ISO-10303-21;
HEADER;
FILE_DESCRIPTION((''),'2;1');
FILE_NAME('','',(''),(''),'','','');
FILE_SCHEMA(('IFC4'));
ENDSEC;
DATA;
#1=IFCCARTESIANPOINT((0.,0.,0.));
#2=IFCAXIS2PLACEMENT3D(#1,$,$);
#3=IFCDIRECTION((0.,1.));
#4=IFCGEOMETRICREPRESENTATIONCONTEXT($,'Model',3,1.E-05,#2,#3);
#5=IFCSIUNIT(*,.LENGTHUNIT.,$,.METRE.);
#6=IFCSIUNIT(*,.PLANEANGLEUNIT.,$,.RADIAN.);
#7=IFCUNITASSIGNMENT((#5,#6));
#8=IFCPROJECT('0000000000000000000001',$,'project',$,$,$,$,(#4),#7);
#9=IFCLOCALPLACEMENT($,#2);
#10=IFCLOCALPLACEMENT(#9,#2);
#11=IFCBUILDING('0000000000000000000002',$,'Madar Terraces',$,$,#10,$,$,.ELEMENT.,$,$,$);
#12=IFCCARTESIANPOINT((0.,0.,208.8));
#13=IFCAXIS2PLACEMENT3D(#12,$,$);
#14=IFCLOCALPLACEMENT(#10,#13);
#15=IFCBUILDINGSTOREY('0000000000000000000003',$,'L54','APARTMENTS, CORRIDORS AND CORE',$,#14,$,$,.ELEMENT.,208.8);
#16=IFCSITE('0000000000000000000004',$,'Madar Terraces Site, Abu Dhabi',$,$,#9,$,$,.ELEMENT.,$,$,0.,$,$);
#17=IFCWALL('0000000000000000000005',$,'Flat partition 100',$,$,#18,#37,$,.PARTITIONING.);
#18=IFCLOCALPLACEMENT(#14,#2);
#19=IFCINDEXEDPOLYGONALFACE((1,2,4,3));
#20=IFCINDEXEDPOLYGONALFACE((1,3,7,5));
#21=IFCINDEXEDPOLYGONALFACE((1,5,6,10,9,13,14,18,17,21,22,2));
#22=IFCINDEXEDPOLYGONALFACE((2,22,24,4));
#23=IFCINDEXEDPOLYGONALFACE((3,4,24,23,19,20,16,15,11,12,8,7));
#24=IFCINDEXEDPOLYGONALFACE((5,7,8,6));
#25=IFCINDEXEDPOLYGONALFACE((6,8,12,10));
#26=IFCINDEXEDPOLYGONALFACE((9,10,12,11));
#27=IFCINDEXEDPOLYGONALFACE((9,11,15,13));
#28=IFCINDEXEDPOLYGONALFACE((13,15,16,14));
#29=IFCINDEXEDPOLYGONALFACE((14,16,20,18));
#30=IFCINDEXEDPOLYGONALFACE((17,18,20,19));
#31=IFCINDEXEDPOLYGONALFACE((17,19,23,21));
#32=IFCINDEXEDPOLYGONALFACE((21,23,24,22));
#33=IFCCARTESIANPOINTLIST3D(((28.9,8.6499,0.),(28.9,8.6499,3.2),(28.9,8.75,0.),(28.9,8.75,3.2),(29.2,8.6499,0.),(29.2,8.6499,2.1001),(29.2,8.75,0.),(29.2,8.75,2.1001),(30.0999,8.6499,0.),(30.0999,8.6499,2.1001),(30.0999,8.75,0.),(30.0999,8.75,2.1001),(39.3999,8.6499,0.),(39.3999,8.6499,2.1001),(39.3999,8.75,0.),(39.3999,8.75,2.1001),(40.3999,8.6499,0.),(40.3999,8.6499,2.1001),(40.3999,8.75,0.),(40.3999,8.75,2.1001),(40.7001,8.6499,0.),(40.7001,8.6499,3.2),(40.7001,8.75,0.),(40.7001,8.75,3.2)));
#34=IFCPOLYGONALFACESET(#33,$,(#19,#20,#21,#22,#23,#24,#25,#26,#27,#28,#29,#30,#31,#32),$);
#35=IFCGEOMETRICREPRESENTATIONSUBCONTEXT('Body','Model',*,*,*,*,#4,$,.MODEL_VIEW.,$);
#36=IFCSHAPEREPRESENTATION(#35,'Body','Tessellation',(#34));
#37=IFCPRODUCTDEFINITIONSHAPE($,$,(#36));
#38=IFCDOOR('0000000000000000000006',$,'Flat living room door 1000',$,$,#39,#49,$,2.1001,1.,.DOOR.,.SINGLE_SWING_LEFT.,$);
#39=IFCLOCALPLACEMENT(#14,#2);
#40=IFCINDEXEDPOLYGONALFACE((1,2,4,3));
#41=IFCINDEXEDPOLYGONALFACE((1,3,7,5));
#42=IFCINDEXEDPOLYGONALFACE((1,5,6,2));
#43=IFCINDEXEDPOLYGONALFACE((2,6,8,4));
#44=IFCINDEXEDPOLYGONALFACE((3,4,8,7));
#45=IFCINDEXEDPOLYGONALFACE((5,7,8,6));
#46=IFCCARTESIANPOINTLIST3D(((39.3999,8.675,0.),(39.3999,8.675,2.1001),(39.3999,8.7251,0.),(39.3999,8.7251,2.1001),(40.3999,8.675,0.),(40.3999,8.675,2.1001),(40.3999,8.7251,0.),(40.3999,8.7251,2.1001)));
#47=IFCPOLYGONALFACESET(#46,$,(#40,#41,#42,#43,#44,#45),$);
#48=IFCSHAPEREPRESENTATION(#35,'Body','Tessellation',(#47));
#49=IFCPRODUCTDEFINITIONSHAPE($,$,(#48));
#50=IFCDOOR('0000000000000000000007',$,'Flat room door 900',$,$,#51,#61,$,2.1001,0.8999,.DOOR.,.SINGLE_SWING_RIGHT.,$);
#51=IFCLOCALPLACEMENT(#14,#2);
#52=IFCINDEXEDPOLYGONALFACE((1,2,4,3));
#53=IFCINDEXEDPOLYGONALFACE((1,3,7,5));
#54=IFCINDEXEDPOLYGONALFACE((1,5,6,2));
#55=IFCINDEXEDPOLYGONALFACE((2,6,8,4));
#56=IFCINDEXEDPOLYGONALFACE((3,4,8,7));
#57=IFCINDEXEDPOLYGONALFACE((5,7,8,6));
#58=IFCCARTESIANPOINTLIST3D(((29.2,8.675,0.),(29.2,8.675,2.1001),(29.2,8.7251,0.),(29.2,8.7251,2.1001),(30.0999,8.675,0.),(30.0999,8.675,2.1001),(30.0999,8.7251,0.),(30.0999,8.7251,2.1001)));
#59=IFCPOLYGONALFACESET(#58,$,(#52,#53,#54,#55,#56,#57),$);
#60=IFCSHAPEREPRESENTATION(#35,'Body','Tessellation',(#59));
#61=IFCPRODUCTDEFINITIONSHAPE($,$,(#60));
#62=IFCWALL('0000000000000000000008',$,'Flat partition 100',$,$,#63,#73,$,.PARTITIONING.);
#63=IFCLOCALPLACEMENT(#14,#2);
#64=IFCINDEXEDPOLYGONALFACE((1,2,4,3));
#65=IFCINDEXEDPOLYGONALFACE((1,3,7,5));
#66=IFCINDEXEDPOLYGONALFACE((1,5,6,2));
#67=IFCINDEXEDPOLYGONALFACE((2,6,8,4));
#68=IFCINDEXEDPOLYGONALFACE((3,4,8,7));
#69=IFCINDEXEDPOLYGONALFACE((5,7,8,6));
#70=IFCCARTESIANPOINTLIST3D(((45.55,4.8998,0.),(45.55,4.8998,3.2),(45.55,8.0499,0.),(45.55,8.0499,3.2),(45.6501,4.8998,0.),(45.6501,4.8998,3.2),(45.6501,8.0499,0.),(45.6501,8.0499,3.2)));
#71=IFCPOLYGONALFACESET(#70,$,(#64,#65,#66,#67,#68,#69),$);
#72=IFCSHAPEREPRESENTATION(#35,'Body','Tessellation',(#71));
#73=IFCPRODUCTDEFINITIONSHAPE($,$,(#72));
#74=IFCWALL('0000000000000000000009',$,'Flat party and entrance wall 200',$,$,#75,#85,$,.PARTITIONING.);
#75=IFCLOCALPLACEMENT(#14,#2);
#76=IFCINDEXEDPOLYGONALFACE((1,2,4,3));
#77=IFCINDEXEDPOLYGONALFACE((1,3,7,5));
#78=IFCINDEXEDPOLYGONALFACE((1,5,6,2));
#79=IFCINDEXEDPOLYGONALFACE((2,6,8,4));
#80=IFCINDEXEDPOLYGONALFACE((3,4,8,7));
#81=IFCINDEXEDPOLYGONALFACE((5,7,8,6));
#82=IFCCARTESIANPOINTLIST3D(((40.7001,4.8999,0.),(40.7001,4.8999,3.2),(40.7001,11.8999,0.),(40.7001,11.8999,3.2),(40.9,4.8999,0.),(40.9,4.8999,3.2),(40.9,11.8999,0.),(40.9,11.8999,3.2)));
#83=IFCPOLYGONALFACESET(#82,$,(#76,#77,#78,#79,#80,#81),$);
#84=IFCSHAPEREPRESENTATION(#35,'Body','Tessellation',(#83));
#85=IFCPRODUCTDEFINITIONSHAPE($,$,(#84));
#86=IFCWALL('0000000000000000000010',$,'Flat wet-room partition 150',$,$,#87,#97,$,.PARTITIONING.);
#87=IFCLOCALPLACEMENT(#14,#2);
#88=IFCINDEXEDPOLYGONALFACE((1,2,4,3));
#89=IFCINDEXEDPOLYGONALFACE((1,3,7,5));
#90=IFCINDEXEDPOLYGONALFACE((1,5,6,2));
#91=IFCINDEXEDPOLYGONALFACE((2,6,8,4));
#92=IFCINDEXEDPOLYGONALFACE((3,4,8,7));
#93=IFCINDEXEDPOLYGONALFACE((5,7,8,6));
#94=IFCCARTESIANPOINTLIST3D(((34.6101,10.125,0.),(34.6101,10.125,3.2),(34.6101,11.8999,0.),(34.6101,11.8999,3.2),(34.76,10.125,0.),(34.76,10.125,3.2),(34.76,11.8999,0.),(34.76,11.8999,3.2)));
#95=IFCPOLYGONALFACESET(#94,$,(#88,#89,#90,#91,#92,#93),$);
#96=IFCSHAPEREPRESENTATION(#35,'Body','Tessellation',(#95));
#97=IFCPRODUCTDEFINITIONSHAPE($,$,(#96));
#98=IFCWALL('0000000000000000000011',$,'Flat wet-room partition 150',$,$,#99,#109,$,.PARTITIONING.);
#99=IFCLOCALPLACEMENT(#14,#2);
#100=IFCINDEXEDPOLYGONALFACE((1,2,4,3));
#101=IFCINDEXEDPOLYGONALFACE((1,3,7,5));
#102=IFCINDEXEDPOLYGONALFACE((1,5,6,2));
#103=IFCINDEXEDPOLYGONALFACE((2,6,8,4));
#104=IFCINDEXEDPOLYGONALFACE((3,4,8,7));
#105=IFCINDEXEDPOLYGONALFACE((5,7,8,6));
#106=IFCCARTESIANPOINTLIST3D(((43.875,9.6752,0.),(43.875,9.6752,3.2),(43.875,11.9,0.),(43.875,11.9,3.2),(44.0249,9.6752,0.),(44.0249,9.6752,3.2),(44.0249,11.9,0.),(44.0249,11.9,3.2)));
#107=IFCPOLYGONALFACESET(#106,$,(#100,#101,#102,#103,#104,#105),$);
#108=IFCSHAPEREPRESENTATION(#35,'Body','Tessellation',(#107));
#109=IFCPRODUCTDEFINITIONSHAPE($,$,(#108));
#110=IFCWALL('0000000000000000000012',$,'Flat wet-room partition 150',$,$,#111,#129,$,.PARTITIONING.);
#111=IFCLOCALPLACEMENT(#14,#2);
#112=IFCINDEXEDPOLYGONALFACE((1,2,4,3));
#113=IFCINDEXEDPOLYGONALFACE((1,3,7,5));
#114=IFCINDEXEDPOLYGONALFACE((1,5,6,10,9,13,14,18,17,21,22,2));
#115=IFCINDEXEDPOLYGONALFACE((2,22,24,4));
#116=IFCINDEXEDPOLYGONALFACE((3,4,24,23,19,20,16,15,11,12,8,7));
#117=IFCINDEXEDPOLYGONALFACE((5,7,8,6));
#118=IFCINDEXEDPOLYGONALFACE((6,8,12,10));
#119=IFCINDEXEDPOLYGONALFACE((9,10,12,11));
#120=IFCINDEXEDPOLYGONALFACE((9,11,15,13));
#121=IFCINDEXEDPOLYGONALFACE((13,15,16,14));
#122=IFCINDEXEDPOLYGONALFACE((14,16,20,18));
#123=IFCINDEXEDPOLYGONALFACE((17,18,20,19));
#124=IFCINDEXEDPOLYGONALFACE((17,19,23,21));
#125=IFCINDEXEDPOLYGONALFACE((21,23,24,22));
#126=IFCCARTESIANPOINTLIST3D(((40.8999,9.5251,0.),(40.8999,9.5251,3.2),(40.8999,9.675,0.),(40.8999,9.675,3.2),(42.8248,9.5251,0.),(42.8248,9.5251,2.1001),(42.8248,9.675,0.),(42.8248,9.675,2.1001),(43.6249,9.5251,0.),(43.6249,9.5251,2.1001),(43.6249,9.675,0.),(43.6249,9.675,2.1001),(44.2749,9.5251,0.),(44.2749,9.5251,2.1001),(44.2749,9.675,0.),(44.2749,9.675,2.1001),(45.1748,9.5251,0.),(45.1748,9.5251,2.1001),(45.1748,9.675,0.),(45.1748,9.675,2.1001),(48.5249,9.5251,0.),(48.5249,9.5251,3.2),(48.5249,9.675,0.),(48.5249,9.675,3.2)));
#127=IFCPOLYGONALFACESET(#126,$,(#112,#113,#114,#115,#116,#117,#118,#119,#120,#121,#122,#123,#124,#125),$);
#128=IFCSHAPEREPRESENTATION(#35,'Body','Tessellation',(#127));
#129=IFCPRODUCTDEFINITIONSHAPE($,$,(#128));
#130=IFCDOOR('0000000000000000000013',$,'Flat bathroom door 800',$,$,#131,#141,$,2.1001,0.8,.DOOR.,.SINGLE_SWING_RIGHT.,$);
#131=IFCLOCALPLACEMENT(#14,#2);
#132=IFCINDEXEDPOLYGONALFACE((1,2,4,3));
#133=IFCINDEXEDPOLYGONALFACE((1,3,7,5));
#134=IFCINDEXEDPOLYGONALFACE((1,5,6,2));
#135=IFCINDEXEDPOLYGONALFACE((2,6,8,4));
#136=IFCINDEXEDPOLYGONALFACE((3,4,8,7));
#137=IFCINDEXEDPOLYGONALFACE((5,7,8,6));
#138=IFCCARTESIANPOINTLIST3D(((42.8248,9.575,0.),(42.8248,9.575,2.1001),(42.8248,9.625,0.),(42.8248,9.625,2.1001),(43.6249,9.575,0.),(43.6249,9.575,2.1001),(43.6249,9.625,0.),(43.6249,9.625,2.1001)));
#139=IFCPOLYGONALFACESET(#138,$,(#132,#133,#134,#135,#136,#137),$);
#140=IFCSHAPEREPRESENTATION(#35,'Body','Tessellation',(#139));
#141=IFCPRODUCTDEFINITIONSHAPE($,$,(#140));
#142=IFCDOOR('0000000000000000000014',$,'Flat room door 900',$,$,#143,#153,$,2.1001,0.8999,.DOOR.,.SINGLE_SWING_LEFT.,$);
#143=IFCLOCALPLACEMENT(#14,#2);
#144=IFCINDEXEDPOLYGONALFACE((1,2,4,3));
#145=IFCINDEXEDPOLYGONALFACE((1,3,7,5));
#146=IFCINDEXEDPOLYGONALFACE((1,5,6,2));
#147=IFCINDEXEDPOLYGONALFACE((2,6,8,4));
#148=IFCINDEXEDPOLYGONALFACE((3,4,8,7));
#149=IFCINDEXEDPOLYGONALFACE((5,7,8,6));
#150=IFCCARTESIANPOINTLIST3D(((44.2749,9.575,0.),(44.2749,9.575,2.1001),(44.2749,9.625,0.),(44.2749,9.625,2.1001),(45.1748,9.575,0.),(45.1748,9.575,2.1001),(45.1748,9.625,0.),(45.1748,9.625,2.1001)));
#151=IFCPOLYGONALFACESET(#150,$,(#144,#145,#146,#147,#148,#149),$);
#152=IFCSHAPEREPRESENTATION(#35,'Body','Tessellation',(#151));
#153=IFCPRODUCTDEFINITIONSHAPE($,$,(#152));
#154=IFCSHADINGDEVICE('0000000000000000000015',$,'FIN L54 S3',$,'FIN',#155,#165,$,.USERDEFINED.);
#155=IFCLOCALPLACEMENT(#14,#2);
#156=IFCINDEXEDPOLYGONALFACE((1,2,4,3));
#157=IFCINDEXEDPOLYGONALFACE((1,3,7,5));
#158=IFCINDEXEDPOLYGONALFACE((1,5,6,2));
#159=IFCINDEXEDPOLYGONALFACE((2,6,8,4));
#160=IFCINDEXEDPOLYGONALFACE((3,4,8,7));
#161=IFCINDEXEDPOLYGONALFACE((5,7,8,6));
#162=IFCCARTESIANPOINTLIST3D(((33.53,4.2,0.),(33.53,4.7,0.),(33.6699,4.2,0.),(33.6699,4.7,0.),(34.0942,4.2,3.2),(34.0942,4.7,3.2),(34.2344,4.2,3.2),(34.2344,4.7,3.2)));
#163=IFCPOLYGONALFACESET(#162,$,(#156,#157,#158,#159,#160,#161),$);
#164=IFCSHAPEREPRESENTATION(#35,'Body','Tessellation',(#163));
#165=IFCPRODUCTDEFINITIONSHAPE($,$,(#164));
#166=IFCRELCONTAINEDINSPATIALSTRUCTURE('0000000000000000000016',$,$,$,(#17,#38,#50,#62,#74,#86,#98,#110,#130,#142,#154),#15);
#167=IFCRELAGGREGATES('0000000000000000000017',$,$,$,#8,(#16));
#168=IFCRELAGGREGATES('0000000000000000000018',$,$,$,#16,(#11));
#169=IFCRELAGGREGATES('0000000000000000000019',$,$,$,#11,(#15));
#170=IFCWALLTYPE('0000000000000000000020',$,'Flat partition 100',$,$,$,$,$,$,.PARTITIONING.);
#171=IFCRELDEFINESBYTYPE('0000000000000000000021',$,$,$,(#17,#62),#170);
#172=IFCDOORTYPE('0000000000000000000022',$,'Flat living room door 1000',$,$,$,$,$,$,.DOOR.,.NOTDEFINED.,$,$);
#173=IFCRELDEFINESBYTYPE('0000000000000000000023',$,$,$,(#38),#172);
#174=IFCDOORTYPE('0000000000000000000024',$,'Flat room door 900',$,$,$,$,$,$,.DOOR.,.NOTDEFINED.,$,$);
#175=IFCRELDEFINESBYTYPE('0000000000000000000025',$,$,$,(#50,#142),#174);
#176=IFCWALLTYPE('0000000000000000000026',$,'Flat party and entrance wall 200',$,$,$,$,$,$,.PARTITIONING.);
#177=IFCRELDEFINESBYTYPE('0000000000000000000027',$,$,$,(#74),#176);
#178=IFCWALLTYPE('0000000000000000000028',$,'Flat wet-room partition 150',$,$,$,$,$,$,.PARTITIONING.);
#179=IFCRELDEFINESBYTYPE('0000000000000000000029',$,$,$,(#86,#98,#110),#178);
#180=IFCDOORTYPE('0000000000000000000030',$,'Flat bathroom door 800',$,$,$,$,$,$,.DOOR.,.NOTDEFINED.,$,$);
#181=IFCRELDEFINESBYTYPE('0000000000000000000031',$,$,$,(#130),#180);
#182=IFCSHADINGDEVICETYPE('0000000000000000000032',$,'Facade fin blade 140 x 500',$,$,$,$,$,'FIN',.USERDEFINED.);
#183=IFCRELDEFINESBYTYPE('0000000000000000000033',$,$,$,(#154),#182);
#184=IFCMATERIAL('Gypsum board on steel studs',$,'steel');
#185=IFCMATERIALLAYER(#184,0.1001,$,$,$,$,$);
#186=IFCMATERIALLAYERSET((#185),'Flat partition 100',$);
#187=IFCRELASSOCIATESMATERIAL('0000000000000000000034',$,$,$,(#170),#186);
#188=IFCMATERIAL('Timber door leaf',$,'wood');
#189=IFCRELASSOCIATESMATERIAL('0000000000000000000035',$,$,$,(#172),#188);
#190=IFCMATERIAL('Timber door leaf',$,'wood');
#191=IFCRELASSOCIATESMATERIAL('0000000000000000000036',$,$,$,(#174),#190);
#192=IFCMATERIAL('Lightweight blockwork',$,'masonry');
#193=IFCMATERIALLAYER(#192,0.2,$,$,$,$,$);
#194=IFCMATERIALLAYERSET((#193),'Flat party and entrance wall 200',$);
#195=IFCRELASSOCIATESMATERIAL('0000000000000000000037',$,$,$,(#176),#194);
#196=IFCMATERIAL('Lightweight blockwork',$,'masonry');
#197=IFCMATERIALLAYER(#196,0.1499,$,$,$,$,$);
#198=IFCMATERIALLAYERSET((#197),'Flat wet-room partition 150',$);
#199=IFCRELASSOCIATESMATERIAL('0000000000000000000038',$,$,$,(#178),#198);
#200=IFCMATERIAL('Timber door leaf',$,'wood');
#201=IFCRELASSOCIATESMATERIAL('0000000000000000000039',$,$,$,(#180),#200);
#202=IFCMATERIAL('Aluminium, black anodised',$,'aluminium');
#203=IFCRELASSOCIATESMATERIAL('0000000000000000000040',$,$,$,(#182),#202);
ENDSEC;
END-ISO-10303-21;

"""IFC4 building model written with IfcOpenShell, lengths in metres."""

from ifc_helpers import new_model, si_unit, direction, frame, frame_2d, origin, place, context, subcontext, project, spatial, polyline, rectangle, outline, extrude, material, layer, layer_set, type_object, element, fill, save


model = new_model("IFC4")

# Units and contexts
model_context = context("Model", 3, precision=1e-05, world=origin(), true_north=direction((0.0, 1.0)))
body_context = subcontext(model_context, "Body", "Model", "MODEL_VIEW")
ifc_project = project(units=[si_unit("LENGTHUNIT", "METRE"), si_unit("PLANEANGLEUNIT", "RADIAN")], contexts=[model_context])

# Site, building, storey
site_placement = place(None, origin())
site = spatial("IfcSite", under=ifc_project, at=site_placement, Name="Madar Terraces Site, Abu Dhabi", CompositionType="ELEMENT", RefElevation=0.0)
building_placement = place(site_placement, origin())
building = spatial("IfcBuilding", under=site, at=building_placement, Name="Madar Terraces", CompositionType="ELEMENT")
storey_placement = place(building_placement, frame((0.0, 0.0, 208.8)))
storey = spatial("IfcBuildingStorey", under=building, at=storey_placement, Name="L54", Description="APARTMENTS, CORRIDORS AND CORE", CompositionType="ELEMENT", Elevation=208.8)

# Shared definitions
ifc_material_1 = material(Name="Gypsum board on steel studs", Category="steel")
ifc_layer_1 = layer(ifc_material_1, 0.1001)
ifc_layer_set_1 = layer_set([ifc_layer_1], Name="Flat partition 100")
wall_type_1 = type_object("IfcWallType", Name="Flat partition 100", PredefinedType="PARTITIONING", material=ifc_layer_set_1)

# Wall, openings, doors
wall_1_placement = place(storey_placement, frame((40.7, 8.7, 0.0), z_axis=(0.0, 0.0, 1.0), x_axis=(-1.0, 0.0, 0.0)))
wall_1 = element("IfcWall", 1, at=wall_1_placement, inside=storey, type_object=wall_type_1, Name="Flat partition 100", PredefinedType="PARTITIONING", context=body_context, shape_type="SweptSolid", body=[
    extrude(rectangle(XDim=11.8, YDim=0.1001, at=frame_2d((5.8999, 0.0))), origin(), (0.0, 0.0, 1.0), 3.2),
])
opening_1_placement = place(wall_1_placement, frame((10.6001, 0.0, 0.0)))
opening_1 = element("IfcOpeningElement", 2, at=opening_1_placement, cuts=wall_1, PredefinedType="OPENING", context=body_context, shape_type="SweptSolid", body=[
    extrude(rectangle(XDim=0.8999, YDim=2.1001, at=frame_2d((0.45, 1.05))), frame((0.0, 0.0601, 0.0), z_axis=(0.0, -1.0, 0.0), x_axis=(1.0, 0.0, 0.0)), (0.0, 0.0, 1.0), 0.1201),
])
opening_2_placement = place(wall_1_placement, frame((0.3, 0.0, 0.0)))
opening_2 = element("IfcOpeningElement", 3, at=opening_2_placement, cuts=wall_1, PredefinedType="OPENING", context=body_context, shape_type="SweptSolid", body=[
    extrude(rectangle(XDim=1.0, YDim=2.1001, at=frame_2d((0.5, 1.05))), frame((0.0, 0.0601, 0.0), z_axis=(0.0, -1.0, 0.0), x_axis=(1.0, 0.0, 0.0)), (0.0, 0.0, 1.0), 0.1201),
])
ifc_material_2 = material(Name="Timber door leaf", Category="wood")
door_type_1 = type_object("IfcDoorType", Name="Flat living room door 1000", OperationType="NOTDEFINED", PredefinedType="DOOR", material=ifc_material_2)
door_1_placement = place(opening_2_placement, origin())
door_1 = element("IfcDoor", 4, at=door_1_placement, inside=storey, type_object=door_type_1, Name="Flat living room door 1000", OperationType="SINGLE_SWING_LEFT", OverallHeight=2.1001, OverallWidth=1.0, PredefinedType="DOOR", context=body_context, shape_type="SweptSolid", body=[
    extrude(rectangle(XDim=1.0, YDim=2.1001, at=frame_2d((0.5, 1.05))), frame((0.0, 0.0249, 0.0), z_axis=(0.0, -1.0, 0.0), x_axis=(1.0, 0.0, 0.0)), (0.0, 0.0, 1.0), 0.05),
])
fill(opening_2, door_1)
ifc_material_3 = material(Name="Timber door leaf", Category="wood")
door_type_2 = type_object("IfcDoorType", Name="Flat room door 900", OperationType="NOTDEFINED", PredefinedType="DOOR", material=ifc_material_3)
door_2_placement = place(opening_1_placement, origin())
door_2 = element("IfcDoor", 5, at=door_2_placement, inside=storey, type_object=door_type_2, Name="Flat room door 900", OperationType="SINGLE_SWING_RIGHT", OverallHeight=2.1001, OverallWidth=0.8999, PredefinedType="DOOR", context=body_context, shape_type="SweptSolid", body=[
    extrude(rectangle(XDim=0.8999, YDim=2.1001, at=frame_2d((0.45, 1.05))), frame((0.0, 0.0249, 0.0), z_axis=(0.0, -1.0, 0.0), x_axis=(1.0, 0.0, 0.0)), (0.0, 0.0, 1.0), 0.05),
])
fill(opening_1, door_2)

# Walls
wall_2_placement = place(storey_placement, frame((45.6001, 8.05, 0.0), z_axis=(0.0, 0.0, 1.0), x_axis=(0.0, -1.0, 0.0)))
element("IfcWall", 6, at=wall_2_placement, inside=storey, type_object=wall_type_1, Name="Flat partition 100", PredefinedType="PARTITIONING", context=body_context, shape_type="SweptSolid", body=[
    extrude(rectangle(XDim=3.1501, YDim=0.1001, at=frame_2d((1.5752, 0.0))), origin(), (0.0, 0.0, 1.0), 3.2),
])
ifc_material_4 = material(Name="Lightweight blockwork", Category="masonry")
ifc_layer_2 = layer(ifc_material_4, 0.2)
ifc_layer_set_2 = layer_set([ifc_layer_2], Name="Flat party and entrance wall 200")
wall_type_2 = type_object("IfcWallType", Name="Flat party and entrance wall 200", PredefinedType="PARTITIONING", material=ifc_layer_set_2)
wall_3_placement = place(storey_placement, frame((40.8, 11.8999, 0.0), z_axis=(0.0, 0.0, 1.0), x_axis=(0.0, -1.0, 0.0)))
element("IfcWall", 7, at=wall_3_placement, inside=storey, type_object=wall_type_2, Name="Flat party and entrance wall 200", PredefinedType="PARTITIONING", context=body_context, shape_type="SweptSolid", body=[
    extrude(rectangle(XDim=7.0, YDim=0.2, at=frame_2d((3.5, 0.0))), origin(), (0.0, 0.0, 1.0), 3.2),
])
ifc_material_5 = material(Name="Lightweight blockwork", Category="masonry")
ifc_layer_3 = layer(ifc_material_5, 0.1499)
ifc_layer_set_3 = layer_set([ifc_layer_3], Name="Flat wet-room partition 150")
wall_type_3 = type_object("IfcWallType", Name="Flat wet-room partition 150", PredefinedType="PARTITIONING", material=ifc_layer_set_3)
wall_4_placement = place(storey_placement, frame((34.6851, 11.8999, 0.0), z_axis=(0.0, 0.0, 1.0), x_axis=(0.0, -1.0, 0.0)))
element("IfcWall", 8, at=wall_4_placement, inside=storey, type_object=wall_type_3, Name="Flat wet-room partition 150", PredefinedType="PARTITIONING", context=body_context, shape_type="SweptSolid", body=[
    extrude(rectangle(XDim=1.7749, YDim=0.1499, at=frame_2d((0.8875, 0.0))), origin(), (0.0, 0.0, 1.0), 3.2),
])
wall_5_placement = place(storey_placement, frame((43.95, 11.8999, 0.0), z_axis=(0.0, 0.0, 1.0), x_axis=(0.0, -1.0, 0.0)))
element("IfcWall", 9, at=wall_5_placement, inside=storey, type_object=wall_type_3, Name="Flat wet-room partition 150", PredefinedType="PARTITIONING", context=body_context, shape_type="SweptSolid", body=[
    extrude(rectangle(XDim=2.2249, YDim=0.1499, at=frame_2d((1.1123, 0.0))), origin(), (0.0, 0.0, 1.0), 3.2),
])

# Wall, openings, doors
wall_6_placement = place(storey_placement, frame((40.8999, 9.6001, 0.0), z_axis=(0.0, 0.0, 1.0), x_axis=(1.0, 0.0, 0.0)))
wall_6 = element("IfcWall", 10, at=wall_6_placement, inside=storey, type_object=wall_type_3, Name="Flat wet-room partition 150", PredefinedType="PARTITIONING", context=body_context, shape_type="SweptSolid", body=[
    extrude(rectangle(XDim=7.625, YDim=0.1499, at=frame_2d((3.8125, 0.0))), origin(), (0.0, 0.0, 1.0), 3.2),
])
opening_3_placement = place(wall_6_placement, frame((3.375, 0.0, 0.0)))
opening_3 = element("IfcOpeningElement", 11, at=opening_3_placement, cuts=wall_6, PredefinedType="OPENING", context=body_context, shape_type="SweptSolid", body=[
    extrude(rectangle(XDim=0.8999, YDim=2.1001, at=frame_2d((0.45, 1.05))), frame((0.0, 0.085, 0.0), z_axis=(0.0, -1.0, 0.0), x_axis=(1.0, 0.0, 0.0)), (0.0, 0.0, 1.0), 0.1699),
])
opening_4_placement = place(wall_6_placement, frame((1.925, 0.0, 0.0)))
opening_4 = element("IfcOpeningElement", 12, at=opening_4_placement, cuts=wall_6, PredefinedType="OPENING", context=body_context, shape_type="SweptSolid", body=[
    extrude(rectangle(XDim=0.8, YDim=2.1001, at=frame_2d((0.3999, 1.05))), frame((0.0, 0.085, 0.0), z_axis=(0.0, -1.0, 0.0), x_axis=(1.0, 0.0, 0.0)), (0.0, 0.0, 1.0), 0.1699),
])
ifc_material_6 = material(Name="Timber door leaf", Category="wood")
door_type_3 = type_object("IfcDoorType", Name="Flat bathroom door 800", OperationType="NOTDEFINED", PredefinedType="DOOR", material=ifc_material_6)
door_3_placement = place(opening_4_placement, origin())
door_3 = element("IfcDoor", 13, at=door_3_placement, inside=storey, type_object=door_type_3, Name="Flat bathroom door 800", OperationType="SINGLE_SWING_RIGHT", OverallHeight=2.1001, OverallWidth=0.8, PredefinedType="DOOR", context=body_context, shape_type="SweptSolid", body=[
    extrude(rectangle(XDim=0.8, YDim=2.1001, at=frame_2d((0.3999, 1.05))), frame((0.0, 0.0249, 0.0), z_axis=(0.0, -1.0, 0.0), x_axis=(1.0, 0.0, 0.0)), (0.0, 0.0, 1.0), 0.05),
])
fill(opening_4, door_3)
door_4_placement = place(opening_3_placement, origin())
door_4 = element("IfcDoor", 14, at=door_4_placement, inside=storey, type_object=door_type_2, Name="Flat room door 900", OperationType="SINGLE_SWING_LEFT", OverallHeight=2.1001, OverallWidth=0.8999, PredefinedType="DOOR", context=body_context, shape_type="SweptSolid", body=[
    extrude(rectangle(XDim=0.8999, YDim=2.1001, at=frame_2d((0.45, 1.05))), frame((0.0, 0.0249, 0.0), z_axis=(0.0, -1.0, 0.0), x_axis=(1.0, 0.0, 0.0)), (0.0, 0.0, 1.0), 0.05),
])
fill(opening_3, door_4)

# Shading device
ifc_material_7 = material(Name="Aluminium, black anodised", Category="aluminium")
shading_device_type = type_object("IfcShadingDeviceType", Name="Facade fin blade 140 x 500", ElementType="FIN", PredefinedType="USERDEFINED", material=ifc_material_7)
shading_device_1_placement = place(storey_placement, frame((33.53, 4.45, 0.0), z_axis=(0.0, 0.0, 1.0), x_axis=(1.0, 0.0, 0.0)))
element("IfcShadingDevice", 15, at=shading_device_1_placement, inside=storey, type_object=shading_device_type, Name="FIN L54 S3", ObjectType="FIN", PredefinedType="USERDEFINED", context=body_context, shape_type="SweptSolid", body=[
    extrude(outline(polyline([(0.0, 0.0), (0.1399, 0.0), (0.7043, 3.2), (0.5642, 3.2), (0.0, 0.0)])), frame((0.0, 0.25, 0.0), z_axis=(0.0, -1.0, 0.0), x_axis=(1.0, 0.0, 0.0)), (0.0, 0.0, 1.0), 0.5),
])

save(model, "model.ifc")
